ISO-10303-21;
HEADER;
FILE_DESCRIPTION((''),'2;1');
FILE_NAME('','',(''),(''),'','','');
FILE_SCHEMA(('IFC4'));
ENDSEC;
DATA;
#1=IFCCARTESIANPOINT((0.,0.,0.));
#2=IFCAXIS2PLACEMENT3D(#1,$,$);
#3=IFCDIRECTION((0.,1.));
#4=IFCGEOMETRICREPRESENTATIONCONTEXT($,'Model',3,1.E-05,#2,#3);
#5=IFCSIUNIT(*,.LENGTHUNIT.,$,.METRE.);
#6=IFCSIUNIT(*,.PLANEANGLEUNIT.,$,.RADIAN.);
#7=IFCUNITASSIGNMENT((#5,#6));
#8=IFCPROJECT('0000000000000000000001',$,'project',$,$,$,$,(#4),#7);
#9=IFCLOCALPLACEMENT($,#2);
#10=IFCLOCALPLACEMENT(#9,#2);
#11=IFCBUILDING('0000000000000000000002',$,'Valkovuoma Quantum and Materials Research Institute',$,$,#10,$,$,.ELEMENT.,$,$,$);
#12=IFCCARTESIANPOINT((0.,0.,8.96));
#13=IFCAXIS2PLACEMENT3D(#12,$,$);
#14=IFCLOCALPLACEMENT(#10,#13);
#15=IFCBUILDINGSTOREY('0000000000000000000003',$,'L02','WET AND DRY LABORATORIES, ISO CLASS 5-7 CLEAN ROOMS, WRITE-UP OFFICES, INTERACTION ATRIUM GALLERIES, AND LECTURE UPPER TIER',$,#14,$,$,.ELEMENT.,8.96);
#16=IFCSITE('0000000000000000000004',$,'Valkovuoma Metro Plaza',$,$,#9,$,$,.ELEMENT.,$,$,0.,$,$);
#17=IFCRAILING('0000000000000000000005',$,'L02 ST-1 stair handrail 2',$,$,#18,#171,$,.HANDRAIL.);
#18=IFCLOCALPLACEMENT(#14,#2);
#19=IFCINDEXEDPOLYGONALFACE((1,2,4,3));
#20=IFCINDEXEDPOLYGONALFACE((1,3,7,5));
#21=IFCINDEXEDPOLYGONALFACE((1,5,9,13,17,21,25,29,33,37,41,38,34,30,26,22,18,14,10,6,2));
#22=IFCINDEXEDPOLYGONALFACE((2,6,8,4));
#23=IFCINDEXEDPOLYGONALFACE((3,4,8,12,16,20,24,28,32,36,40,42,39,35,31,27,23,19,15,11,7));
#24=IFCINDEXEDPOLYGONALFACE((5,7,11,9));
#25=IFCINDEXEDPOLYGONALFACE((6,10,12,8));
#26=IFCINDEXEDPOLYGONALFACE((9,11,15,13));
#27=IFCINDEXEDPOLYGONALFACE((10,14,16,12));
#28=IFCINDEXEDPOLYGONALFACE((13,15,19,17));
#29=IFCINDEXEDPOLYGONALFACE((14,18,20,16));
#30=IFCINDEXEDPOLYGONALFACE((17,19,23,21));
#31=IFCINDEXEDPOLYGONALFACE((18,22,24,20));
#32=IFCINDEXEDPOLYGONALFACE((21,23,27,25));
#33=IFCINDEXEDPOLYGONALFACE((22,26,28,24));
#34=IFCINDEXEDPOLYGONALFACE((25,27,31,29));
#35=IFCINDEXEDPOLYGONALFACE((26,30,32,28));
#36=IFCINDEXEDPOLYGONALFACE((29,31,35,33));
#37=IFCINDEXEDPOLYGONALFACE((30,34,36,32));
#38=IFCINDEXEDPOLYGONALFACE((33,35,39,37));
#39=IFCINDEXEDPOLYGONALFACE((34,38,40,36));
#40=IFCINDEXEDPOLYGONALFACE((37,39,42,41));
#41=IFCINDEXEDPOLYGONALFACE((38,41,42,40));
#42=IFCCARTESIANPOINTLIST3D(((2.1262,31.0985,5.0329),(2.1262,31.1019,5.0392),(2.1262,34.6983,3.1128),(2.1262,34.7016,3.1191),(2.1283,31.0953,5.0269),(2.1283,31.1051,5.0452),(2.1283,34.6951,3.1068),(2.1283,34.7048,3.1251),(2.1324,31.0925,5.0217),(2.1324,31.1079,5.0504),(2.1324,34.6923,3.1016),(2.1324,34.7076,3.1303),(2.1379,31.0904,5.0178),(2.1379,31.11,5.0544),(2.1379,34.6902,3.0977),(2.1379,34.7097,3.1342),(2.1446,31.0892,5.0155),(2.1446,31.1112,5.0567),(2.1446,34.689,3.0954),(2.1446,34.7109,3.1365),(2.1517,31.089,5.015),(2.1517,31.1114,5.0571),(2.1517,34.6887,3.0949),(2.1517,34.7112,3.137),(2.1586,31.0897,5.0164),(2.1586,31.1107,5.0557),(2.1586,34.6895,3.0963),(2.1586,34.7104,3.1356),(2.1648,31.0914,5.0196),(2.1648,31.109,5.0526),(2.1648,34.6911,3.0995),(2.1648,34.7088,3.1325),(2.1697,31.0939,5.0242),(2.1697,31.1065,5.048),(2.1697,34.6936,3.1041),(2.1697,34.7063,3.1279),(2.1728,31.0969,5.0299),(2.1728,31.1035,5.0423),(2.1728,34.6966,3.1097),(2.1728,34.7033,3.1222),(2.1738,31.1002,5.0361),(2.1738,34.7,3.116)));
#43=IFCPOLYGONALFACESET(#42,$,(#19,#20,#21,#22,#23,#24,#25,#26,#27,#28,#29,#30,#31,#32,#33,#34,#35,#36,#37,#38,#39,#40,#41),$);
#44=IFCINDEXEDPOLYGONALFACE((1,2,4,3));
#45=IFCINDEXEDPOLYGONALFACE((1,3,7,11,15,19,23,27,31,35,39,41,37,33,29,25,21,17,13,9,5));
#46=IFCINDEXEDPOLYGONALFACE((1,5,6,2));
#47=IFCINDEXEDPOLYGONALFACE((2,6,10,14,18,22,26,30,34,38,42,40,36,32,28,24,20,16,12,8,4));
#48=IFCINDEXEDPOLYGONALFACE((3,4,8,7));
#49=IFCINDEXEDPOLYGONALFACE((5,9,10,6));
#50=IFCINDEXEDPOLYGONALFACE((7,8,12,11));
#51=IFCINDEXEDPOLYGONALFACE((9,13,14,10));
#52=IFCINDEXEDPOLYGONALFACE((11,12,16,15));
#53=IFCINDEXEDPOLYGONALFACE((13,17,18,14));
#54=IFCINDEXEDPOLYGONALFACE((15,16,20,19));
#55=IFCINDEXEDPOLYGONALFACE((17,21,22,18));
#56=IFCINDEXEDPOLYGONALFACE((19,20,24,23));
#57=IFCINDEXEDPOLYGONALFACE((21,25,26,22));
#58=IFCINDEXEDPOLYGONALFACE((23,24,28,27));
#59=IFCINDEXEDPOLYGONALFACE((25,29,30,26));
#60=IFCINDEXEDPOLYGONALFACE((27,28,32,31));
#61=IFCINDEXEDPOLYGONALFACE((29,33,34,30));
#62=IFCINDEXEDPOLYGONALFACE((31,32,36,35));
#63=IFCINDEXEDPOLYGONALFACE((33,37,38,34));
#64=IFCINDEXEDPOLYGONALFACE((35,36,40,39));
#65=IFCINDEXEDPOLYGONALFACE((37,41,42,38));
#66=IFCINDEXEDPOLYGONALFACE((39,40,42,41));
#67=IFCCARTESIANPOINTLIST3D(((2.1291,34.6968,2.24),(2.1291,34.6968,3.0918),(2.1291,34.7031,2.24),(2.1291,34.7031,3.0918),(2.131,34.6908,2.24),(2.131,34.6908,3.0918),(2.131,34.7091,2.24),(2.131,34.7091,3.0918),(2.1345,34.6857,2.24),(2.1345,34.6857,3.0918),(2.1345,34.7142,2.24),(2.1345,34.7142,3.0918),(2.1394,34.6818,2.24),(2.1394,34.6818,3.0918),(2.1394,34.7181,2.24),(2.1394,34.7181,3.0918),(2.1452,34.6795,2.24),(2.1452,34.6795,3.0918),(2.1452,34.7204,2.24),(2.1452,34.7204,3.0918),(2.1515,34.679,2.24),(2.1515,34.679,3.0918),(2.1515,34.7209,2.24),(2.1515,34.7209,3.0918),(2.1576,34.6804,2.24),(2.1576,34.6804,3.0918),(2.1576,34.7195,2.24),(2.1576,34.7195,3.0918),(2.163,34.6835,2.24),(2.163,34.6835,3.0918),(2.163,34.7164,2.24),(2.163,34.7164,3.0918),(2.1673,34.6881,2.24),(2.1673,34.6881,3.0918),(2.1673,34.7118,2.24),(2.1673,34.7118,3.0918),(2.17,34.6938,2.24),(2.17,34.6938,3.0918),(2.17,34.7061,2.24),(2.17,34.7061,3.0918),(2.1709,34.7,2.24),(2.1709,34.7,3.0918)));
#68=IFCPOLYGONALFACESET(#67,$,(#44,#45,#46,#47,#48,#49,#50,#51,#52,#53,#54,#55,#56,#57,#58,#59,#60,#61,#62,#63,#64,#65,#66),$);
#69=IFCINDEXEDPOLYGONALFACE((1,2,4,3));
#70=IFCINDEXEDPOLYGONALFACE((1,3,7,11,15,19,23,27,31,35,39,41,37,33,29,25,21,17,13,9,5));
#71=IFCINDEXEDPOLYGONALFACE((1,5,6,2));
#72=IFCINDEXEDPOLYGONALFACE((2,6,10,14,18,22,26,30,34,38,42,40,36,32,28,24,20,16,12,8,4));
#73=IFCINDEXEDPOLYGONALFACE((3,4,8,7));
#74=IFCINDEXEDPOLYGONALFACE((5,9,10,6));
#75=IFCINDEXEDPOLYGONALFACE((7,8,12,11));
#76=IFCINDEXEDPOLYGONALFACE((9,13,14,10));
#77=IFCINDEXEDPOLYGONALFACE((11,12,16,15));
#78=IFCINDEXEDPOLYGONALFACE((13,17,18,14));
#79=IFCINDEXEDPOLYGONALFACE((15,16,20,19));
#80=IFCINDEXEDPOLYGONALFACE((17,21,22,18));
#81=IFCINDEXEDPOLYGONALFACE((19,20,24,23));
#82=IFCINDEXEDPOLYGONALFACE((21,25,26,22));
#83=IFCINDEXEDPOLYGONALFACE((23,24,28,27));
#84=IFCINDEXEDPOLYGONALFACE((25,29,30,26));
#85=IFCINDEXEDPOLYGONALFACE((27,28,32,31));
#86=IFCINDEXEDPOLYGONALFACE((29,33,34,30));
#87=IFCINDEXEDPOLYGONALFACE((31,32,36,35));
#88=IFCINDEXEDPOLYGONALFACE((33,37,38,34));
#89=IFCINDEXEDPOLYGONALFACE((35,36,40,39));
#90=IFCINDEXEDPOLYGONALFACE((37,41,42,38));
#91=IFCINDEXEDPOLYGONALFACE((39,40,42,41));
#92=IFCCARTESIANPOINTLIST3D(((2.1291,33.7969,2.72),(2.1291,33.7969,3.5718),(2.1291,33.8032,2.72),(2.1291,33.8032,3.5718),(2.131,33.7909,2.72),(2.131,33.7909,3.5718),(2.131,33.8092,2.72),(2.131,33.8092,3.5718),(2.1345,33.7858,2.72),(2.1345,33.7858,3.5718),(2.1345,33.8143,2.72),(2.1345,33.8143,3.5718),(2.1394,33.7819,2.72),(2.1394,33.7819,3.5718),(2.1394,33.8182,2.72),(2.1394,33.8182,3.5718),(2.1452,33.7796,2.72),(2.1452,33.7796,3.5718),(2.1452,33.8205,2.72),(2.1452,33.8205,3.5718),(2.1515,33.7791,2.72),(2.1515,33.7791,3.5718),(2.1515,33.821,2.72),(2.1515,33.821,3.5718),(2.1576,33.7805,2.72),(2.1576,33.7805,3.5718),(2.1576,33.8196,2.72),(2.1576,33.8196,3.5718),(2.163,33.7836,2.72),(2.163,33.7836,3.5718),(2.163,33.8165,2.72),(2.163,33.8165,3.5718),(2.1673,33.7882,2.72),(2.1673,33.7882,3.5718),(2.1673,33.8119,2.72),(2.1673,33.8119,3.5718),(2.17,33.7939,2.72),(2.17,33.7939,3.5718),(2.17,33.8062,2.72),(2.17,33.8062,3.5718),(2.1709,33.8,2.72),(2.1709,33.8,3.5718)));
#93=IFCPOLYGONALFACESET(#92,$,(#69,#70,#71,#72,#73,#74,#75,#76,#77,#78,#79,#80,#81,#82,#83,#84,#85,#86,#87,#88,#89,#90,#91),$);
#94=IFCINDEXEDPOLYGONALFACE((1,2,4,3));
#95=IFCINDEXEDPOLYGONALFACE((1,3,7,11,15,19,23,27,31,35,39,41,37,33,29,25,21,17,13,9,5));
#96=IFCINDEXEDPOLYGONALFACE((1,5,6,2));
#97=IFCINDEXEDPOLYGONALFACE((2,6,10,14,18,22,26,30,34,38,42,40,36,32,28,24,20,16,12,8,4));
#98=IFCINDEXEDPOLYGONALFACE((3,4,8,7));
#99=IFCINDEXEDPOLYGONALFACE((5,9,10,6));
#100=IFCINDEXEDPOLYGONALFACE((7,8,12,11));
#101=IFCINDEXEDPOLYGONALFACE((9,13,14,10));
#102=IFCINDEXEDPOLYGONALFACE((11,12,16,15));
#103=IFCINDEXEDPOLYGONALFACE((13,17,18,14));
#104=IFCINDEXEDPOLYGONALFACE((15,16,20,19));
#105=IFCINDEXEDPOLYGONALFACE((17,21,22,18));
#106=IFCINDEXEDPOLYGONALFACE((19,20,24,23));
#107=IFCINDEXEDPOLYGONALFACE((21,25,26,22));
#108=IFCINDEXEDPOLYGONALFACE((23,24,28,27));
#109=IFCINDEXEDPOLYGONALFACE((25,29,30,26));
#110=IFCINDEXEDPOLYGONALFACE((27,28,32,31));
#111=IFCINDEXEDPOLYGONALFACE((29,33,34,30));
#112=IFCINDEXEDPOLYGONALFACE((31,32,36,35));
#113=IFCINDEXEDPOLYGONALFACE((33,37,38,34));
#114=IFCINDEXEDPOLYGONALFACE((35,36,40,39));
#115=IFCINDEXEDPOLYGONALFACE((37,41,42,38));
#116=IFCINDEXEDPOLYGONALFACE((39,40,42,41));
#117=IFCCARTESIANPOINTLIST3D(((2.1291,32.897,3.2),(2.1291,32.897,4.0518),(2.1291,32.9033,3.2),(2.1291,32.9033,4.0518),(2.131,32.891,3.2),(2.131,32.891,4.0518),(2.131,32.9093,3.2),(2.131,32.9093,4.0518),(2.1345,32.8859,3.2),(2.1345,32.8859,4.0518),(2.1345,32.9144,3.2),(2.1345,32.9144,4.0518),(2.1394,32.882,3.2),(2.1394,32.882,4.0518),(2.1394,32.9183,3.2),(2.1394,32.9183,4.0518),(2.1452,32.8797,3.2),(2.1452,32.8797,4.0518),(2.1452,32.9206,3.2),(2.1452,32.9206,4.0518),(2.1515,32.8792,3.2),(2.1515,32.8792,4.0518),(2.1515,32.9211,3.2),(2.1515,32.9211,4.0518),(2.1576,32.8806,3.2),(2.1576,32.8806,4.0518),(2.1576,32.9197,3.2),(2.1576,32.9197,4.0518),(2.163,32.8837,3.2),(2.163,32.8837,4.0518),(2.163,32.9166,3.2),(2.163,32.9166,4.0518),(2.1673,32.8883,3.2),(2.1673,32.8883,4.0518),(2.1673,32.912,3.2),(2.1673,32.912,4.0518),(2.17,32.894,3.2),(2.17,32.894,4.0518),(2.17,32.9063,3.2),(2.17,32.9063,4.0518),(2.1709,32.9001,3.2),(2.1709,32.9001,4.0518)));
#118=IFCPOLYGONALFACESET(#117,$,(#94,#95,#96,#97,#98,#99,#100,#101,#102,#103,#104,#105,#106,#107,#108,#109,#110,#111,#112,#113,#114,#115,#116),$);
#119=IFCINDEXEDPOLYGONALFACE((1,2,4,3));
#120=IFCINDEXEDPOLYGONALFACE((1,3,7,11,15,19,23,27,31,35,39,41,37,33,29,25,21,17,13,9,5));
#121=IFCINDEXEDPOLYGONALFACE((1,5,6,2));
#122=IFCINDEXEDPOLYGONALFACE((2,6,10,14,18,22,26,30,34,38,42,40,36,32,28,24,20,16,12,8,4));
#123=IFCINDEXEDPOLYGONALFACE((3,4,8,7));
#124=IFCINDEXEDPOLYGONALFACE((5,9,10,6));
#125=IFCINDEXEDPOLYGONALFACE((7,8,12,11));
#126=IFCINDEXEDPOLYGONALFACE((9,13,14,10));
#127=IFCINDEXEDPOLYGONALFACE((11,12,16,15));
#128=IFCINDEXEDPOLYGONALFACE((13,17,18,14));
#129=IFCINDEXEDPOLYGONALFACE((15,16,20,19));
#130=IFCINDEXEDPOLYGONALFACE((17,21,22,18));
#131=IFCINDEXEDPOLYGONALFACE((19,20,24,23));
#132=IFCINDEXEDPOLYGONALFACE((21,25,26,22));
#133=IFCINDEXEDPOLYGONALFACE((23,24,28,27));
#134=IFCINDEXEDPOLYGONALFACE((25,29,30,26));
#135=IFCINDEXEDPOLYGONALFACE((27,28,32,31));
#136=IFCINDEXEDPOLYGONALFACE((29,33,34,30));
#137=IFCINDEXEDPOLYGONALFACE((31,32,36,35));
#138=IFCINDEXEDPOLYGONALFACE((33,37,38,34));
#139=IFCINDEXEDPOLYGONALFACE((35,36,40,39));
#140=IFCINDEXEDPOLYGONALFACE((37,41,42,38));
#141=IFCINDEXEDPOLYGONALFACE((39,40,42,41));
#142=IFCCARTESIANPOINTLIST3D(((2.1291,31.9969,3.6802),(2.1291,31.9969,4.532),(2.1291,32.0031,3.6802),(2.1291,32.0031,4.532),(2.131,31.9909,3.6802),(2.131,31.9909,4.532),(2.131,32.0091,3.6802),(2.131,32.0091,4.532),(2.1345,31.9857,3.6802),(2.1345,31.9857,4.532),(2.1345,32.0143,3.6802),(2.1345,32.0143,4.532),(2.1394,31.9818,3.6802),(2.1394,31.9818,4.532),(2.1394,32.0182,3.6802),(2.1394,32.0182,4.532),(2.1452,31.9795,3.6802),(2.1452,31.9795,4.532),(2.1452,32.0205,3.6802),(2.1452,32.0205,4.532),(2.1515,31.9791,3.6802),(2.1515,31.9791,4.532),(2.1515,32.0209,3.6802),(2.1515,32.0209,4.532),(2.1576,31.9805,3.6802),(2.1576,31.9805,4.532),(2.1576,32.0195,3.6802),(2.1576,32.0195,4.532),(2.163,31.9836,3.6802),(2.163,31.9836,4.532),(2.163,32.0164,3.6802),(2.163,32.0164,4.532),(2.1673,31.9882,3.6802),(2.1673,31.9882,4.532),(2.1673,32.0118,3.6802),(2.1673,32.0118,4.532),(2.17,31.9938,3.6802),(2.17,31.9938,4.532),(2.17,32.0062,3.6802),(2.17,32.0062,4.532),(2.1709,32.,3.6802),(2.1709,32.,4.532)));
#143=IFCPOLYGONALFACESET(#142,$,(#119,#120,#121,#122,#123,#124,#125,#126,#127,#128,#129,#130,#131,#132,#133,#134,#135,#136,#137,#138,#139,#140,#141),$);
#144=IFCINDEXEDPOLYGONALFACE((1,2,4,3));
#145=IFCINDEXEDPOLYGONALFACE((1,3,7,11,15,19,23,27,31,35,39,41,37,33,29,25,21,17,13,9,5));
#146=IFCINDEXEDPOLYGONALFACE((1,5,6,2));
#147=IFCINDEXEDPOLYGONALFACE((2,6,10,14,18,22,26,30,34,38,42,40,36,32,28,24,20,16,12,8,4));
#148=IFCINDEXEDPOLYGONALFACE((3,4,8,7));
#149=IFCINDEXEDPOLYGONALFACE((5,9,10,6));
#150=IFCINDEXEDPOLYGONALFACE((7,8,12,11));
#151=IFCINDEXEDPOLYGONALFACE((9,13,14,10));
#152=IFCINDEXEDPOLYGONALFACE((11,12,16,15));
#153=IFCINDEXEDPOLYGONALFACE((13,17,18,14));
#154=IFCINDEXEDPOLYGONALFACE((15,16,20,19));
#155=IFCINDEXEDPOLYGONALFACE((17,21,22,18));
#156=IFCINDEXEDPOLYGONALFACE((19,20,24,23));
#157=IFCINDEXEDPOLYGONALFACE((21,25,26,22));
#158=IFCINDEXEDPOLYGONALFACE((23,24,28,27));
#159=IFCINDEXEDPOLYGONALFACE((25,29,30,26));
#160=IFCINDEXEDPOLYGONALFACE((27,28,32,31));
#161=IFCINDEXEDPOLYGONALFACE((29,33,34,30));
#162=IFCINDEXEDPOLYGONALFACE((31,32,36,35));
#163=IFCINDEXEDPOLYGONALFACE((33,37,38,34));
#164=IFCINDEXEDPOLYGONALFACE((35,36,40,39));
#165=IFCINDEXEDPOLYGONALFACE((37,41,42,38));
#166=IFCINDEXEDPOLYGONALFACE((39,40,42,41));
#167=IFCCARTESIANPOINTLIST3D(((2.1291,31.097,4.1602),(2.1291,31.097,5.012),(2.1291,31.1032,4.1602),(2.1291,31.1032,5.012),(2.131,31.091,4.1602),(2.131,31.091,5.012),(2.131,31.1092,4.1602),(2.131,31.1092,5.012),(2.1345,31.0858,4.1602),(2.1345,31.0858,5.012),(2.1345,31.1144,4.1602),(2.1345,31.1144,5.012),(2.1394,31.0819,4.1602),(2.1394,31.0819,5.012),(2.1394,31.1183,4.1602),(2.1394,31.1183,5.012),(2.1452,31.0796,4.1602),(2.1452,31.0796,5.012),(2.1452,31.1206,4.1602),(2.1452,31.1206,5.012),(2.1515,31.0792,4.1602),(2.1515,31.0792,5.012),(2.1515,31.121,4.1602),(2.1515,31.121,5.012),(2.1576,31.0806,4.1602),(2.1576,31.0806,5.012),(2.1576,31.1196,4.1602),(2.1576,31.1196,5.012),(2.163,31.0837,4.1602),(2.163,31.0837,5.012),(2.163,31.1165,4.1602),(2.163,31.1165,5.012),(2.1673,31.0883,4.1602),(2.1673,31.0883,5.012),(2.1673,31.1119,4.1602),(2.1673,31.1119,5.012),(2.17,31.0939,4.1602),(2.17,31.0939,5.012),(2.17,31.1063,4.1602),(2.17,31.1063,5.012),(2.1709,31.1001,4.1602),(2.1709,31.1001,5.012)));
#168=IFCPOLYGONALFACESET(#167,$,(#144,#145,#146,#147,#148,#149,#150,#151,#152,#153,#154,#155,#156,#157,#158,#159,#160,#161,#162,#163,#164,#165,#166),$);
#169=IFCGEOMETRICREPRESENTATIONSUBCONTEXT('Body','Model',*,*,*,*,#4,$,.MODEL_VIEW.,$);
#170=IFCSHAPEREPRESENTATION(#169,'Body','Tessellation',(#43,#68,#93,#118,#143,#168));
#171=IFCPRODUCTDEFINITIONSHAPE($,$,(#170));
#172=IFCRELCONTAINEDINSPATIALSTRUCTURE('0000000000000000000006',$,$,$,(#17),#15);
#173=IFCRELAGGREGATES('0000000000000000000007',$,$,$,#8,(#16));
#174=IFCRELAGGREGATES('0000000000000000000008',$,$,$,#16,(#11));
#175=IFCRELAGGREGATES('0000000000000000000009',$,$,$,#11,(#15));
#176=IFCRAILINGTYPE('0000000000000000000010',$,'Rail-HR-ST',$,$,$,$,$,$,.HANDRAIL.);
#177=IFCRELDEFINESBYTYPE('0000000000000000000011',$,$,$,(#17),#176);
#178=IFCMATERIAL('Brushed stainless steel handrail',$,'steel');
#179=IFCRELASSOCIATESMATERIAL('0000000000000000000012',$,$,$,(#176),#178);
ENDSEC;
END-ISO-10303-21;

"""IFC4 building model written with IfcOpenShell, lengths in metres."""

from ifc_helpers import new_model, si_unit, direction, frame, origin, origin_2d, place, context, subcontext, project, spatial, circle, extrude, material, type_object, element, save


model = new_model("IFC4")

# Units and contexts
model_context = context("Model", 3, precision=1e-05, world=origin(), true_north=direction((0.0, 1.0)))
body_context = subcontext(model_context, "Body", "Model", "MODEL_VIEW")
ifc_project = project(units=[si_unit("LENGTHUNIT", "METRE"), si_unit("PLANEANGLEUNIT", "RADIAN")], contexts=[model_context])

# Site, building, storey
site_placement = place(None, origin())
site = spatial("IfcSite", under=ifc_project, at=site_placement, Name="Valkovuoma Metro Plaza", CompositionType="ELEMENT", RefElevation=0.0)
building_placement = place(site_placement, origin())
building = spatial("IfcBuilding", under=site, at=building_placement, Name="Valkovuoma Quantum and Materials Research Institute", CompositionType="ELEMENT")
storey_placement = place(building_placement, frame((0.0, 0.0, 8.96)))
storey = spatial("IfcBuildingStorey", under=building, at=storey_placement, Name="L02", Description="WET AND DRY LABORATORIES, ISO CLASS 5-7 CLEAN ROOMS, WRITE-UP OFFICES, INTERACTION ATRIUM GALLERIES, AND LECTURE UPPER TIER", CompositionType="ELEMENT", Elevation=8.96)

# Railing
ifc_material_1 = material(Name="Brushed stainless steel handrail", Category="steel")
railing_type_1 = type_object("IfcRailingType", Name="Rail-HR-ST", PredefinedType="HANDRAIL", material=ifc_material_1)
railing_1_placement = place(storey_placement, frame((2.1499, 34.7, 2.24)))
element("IfcRailing", 1, at=railing_1_placement, inside=storey, type_object=railing_type_1, Name="L02 ST-1 stair handrail 2", PredefinedType="HANDRAIL", context=body_context, shape_type="SweptSolid", body=[
    extrude(circle(Radius=0.0239, at=origin_2d()), frame((0.0, 0.0, 0.876), z_axis=(0.0, -0.882328, 0.470635), x_axis=(1.0, 0.0, 0.0)), (0.0, 0.0, 1.0), 4.0798),
    extrude(circle(Radius=0.021, at=origin_2d()), origin(), (0.0, 0.0, 1.0), 0.8518),
    extrude(circle(Radius=0.021, at=origin_2d()), frame((0.0, -0.8999, 0.48)), (0.0, 0.0, 1.0), 0.8518),
    extrude(circle(Radius=0.021, at=origin_2d()), frame((0.0, -1.7998, 0.96)), (0.0, 0.0, 1.0), 0.8518),
    extrude(circle(Radius=0.021, at=origin_2d()), frame((0.0, -2.7, 1.4402)), (0.0, 0.0, 1.0), 0.8518),
    extrude(circle(Radius=0.021, at=origin_2d()), frame((0.0, -3.5999, 1.9202)), (0.0, 0.0, 1.0), 0.8518),
])

save(model, "model.ifc")
